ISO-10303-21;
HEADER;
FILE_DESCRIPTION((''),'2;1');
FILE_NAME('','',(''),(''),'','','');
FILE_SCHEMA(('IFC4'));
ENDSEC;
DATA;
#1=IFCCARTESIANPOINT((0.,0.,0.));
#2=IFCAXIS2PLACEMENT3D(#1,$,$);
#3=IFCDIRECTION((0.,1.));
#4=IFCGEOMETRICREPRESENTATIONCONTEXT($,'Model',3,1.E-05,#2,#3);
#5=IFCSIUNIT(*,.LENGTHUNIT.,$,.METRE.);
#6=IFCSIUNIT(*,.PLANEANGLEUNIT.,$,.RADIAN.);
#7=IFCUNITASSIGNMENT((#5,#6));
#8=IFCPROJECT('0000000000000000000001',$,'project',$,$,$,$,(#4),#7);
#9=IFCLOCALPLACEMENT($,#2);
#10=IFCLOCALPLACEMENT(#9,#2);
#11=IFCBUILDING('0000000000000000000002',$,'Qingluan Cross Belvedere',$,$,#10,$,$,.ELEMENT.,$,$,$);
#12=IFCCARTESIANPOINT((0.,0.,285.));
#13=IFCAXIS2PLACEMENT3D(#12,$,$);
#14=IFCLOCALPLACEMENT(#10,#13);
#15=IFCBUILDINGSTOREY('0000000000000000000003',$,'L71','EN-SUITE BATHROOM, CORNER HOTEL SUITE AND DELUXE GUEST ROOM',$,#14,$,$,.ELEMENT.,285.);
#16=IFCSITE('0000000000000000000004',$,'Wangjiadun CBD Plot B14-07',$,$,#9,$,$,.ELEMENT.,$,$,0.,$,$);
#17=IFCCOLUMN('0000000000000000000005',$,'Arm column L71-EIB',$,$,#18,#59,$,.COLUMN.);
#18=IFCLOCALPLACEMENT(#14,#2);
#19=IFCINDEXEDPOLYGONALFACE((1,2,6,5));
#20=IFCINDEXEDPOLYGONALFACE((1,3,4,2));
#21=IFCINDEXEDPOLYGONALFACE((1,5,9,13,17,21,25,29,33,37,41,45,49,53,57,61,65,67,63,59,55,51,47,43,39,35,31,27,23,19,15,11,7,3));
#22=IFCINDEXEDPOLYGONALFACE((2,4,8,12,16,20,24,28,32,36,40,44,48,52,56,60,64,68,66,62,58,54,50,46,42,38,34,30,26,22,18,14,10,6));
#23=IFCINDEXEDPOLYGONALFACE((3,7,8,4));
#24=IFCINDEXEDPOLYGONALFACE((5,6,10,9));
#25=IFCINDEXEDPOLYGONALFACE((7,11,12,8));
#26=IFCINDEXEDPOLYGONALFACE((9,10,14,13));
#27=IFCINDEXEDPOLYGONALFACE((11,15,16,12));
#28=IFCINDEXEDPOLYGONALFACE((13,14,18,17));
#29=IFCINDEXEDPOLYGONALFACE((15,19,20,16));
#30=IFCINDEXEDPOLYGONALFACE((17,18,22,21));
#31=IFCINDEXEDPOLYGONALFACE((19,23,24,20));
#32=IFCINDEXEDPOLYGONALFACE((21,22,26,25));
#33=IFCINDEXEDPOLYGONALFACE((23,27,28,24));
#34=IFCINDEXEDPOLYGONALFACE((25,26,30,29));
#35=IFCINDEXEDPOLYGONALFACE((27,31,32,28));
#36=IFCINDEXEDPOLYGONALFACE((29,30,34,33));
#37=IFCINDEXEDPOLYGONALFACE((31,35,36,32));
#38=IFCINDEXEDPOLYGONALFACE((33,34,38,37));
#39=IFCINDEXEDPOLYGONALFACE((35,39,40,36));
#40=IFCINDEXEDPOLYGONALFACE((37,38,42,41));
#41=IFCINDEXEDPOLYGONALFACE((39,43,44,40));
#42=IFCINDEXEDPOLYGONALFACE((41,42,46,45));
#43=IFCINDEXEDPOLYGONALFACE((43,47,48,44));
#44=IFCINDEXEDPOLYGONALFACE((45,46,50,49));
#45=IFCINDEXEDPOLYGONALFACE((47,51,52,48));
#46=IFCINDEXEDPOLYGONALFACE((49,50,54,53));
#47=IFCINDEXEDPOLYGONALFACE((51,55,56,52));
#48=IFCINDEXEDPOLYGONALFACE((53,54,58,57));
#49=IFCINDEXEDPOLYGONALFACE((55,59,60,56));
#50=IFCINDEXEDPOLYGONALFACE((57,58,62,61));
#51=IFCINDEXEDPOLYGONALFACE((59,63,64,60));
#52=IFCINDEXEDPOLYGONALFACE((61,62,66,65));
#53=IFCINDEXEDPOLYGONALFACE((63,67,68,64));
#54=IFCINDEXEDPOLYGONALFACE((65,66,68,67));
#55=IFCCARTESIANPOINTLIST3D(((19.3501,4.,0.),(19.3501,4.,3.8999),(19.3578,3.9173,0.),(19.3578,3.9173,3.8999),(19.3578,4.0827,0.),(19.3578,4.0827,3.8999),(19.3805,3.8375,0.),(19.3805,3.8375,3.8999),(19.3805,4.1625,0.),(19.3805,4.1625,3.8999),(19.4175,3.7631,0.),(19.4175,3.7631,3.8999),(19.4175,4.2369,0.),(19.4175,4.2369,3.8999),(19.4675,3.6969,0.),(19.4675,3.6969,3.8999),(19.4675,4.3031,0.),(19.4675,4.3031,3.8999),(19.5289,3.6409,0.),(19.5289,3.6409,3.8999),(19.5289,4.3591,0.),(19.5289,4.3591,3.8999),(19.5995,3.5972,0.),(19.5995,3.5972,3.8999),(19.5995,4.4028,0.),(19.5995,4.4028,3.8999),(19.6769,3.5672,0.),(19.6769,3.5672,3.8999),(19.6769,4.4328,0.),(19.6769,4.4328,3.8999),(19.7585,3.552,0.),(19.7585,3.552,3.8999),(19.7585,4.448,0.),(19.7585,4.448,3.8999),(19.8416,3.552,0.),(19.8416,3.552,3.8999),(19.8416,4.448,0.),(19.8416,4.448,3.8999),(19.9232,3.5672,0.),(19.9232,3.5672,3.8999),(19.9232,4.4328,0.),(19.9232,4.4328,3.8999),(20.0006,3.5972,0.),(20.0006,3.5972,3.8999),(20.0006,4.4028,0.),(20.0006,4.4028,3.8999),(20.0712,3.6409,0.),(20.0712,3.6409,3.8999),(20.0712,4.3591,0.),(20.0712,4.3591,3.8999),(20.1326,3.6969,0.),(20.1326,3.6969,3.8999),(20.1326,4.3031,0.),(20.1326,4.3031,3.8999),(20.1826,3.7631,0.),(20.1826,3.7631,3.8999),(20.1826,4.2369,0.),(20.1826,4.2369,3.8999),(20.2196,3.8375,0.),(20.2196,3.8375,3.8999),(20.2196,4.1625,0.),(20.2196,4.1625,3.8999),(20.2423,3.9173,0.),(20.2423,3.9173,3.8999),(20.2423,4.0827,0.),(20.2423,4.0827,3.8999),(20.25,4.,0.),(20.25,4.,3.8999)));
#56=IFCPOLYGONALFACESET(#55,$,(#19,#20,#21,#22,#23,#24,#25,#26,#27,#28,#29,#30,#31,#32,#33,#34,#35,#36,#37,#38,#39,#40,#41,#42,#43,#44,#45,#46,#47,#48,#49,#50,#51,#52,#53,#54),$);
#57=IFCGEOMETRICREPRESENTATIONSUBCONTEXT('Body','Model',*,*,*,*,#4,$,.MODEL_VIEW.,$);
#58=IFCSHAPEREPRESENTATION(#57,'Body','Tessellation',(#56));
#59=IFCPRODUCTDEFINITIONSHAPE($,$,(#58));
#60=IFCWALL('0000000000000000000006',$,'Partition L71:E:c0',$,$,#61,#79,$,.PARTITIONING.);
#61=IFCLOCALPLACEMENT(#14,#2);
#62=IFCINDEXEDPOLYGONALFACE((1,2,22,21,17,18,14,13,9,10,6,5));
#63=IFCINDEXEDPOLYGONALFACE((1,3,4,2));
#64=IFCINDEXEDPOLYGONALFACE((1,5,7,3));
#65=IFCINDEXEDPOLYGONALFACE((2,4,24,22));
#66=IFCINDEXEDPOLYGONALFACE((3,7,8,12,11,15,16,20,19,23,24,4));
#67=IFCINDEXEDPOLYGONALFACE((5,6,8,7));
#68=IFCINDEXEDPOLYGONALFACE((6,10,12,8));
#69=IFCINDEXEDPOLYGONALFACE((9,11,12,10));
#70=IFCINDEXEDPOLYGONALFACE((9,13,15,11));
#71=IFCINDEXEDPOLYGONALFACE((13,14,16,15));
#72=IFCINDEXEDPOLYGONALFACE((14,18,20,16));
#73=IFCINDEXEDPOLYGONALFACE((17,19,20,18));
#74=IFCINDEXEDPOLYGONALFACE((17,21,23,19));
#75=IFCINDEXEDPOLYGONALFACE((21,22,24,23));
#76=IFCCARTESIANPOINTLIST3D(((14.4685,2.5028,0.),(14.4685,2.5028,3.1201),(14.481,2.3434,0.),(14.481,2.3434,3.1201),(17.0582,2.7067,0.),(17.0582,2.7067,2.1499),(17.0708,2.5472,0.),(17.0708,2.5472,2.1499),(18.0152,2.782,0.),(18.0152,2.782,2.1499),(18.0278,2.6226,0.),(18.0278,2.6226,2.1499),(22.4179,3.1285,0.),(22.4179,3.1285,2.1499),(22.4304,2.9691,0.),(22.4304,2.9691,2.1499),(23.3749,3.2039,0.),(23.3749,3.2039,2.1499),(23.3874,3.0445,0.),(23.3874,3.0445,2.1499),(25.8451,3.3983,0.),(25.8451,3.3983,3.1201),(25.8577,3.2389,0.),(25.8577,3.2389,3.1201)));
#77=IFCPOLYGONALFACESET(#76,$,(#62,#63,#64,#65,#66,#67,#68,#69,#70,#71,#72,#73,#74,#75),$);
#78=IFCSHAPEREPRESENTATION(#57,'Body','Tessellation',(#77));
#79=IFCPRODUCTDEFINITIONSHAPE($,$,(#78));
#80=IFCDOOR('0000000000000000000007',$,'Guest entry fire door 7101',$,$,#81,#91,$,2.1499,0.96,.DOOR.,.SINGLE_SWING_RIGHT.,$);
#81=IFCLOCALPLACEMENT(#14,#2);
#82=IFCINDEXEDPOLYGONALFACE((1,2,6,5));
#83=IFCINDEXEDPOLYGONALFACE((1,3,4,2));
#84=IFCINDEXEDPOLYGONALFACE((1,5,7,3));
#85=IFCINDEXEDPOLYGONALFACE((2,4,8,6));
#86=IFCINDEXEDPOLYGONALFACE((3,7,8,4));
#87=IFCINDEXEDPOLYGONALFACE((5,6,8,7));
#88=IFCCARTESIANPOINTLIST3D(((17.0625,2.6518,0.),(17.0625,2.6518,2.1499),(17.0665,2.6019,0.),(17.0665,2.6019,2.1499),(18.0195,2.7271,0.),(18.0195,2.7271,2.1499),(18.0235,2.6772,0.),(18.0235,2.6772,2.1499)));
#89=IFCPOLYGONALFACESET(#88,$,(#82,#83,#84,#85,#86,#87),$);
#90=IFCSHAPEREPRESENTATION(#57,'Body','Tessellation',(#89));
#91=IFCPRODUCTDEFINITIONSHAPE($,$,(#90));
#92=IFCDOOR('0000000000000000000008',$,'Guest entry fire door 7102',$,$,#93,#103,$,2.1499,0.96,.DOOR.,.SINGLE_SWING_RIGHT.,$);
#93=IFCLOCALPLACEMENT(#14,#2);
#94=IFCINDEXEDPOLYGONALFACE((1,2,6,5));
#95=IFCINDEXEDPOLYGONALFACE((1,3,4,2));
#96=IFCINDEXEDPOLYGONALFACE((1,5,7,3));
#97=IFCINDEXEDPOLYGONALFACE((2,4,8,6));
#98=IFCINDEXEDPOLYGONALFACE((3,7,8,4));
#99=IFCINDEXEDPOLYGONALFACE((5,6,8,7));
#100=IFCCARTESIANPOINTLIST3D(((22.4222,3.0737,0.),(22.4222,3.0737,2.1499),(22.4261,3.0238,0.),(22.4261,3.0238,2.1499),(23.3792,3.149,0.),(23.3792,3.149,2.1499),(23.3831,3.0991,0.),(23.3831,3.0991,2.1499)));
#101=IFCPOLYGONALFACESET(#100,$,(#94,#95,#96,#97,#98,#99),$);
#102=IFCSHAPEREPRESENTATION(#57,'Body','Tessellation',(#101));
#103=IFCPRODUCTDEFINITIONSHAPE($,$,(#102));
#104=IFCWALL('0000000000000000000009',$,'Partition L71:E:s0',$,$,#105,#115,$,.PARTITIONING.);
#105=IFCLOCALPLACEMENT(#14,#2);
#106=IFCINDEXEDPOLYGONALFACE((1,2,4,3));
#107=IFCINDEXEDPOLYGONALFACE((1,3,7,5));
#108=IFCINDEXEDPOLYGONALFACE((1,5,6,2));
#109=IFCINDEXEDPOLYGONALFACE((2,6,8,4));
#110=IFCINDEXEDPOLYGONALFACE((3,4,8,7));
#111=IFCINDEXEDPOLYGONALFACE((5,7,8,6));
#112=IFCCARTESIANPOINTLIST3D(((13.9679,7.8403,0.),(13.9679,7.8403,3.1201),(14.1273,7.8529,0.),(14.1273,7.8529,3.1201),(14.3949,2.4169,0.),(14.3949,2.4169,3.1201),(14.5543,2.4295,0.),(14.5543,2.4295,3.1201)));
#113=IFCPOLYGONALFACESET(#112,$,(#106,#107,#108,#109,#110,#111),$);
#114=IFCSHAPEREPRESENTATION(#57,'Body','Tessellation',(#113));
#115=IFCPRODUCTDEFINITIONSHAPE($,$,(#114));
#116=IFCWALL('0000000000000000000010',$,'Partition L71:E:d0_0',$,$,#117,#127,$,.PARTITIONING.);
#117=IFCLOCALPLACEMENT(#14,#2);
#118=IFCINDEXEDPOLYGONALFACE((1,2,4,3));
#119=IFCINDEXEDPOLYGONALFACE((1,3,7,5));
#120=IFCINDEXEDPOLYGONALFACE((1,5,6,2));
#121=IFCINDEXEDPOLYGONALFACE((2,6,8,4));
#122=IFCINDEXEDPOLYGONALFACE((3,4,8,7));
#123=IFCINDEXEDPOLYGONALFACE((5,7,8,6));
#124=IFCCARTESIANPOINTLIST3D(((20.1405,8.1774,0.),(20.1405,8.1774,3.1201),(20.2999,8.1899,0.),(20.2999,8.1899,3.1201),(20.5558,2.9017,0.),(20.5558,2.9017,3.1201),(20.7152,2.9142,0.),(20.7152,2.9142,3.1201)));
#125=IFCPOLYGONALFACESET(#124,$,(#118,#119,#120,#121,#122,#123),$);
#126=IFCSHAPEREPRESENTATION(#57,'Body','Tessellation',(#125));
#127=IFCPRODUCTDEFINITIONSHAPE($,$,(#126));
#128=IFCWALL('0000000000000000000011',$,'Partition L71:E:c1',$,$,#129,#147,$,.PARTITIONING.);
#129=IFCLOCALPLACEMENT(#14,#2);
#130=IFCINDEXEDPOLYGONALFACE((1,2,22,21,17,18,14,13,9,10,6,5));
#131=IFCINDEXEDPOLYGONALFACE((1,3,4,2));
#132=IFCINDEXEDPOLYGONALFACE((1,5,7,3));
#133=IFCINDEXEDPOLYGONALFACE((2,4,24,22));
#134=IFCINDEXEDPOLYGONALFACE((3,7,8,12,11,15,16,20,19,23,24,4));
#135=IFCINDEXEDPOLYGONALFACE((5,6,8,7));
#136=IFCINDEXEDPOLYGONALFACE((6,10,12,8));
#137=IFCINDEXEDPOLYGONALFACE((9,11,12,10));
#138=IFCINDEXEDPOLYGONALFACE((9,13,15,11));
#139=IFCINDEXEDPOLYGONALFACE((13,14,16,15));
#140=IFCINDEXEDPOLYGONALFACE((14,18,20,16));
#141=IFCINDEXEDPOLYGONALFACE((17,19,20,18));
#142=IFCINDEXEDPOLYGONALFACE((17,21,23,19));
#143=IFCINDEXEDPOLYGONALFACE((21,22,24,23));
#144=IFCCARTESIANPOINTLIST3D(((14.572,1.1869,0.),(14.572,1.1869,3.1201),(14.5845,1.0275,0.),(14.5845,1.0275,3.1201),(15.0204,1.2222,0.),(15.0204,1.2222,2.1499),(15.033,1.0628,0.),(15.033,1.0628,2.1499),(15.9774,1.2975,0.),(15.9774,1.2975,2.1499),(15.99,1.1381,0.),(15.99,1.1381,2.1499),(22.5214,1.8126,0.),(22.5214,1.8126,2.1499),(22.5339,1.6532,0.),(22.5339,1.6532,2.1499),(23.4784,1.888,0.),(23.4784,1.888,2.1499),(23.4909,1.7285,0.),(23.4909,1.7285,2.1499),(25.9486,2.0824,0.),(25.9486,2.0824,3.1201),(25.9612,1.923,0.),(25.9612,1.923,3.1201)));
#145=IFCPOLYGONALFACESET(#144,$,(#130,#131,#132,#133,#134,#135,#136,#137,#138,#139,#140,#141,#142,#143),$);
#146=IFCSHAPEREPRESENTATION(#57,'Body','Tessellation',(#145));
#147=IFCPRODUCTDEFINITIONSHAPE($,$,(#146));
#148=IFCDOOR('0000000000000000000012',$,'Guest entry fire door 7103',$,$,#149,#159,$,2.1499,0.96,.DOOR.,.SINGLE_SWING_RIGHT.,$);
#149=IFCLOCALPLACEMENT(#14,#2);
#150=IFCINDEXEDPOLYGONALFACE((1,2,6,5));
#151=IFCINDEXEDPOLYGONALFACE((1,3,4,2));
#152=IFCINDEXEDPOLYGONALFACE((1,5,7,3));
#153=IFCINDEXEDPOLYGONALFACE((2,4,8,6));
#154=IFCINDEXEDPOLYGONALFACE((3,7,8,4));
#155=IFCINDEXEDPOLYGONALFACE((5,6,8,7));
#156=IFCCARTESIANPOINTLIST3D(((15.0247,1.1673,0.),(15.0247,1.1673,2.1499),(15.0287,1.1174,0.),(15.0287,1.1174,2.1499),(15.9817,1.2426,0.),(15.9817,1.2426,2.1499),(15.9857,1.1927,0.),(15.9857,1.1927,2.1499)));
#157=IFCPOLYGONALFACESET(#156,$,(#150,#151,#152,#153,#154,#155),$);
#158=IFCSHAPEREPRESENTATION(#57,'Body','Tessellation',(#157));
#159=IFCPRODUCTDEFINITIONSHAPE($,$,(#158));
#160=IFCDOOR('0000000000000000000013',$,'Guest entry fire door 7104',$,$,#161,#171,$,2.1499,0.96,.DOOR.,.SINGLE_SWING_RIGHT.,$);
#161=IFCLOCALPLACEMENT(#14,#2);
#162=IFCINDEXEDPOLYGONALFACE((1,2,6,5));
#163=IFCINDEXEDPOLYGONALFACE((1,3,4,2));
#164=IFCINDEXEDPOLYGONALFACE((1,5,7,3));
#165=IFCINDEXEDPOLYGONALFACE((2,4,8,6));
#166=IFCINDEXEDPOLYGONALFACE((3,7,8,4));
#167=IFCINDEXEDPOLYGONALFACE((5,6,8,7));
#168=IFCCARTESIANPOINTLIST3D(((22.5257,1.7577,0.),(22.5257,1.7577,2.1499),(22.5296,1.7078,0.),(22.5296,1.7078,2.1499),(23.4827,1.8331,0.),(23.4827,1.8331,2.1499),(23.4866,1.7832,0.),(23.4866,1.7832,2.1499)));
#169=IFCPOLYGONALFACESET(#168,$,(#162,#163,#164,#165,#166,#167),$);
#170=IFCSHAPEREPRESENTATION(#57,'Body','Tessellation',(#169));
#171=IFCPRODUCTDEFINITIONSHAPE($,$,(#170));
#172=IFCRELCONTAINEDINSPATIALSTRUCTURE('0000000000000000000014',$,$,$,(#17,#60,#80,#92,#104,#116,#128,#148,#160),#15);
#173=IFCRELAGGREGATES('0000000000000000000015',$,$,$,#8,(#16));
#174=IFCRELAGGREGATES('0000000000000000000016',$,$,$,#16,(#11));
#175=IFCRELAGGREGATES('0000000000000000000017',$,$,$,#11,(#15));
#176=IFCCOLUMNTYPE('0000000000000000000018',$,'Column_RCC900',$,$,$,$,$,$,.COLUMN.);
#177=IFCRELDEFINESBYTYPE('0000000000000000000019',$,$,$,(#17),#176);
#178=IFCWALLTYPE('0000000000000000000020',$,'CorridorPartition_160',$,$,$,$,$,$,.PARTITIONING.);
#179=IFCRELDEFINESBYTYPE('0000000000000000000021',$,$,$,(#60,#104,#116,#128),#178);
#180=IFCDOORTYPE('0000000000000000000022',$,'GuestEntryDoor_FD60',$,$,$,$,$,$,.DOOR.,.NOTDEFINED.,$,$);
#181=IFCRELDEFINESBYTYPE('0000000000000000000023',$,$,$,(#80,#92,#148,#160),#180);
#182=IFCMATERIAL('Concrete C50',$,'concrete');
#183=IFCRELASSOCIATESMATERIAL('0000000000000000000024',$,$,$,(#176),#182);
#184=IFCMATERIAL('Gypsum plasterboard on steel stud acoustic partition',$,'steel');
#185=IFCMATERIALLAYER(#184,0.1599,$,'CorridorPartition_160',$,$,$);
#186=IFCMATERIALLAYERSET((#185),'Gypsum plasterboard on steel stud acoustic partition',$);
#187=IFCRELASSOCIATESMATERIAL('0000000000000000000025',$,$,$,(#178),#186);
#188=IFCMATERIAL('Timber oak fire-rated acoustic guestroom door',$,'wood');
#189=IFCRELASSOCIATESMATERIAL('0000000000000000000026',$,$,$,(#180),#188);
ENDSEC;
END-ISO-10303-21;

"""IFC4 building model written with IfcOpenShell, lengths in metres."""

from ifc_helpers import new_model, si_unit, direction, frame, frame_2d, origin, origin_2d, place, context, subcontext, project, spatial, rectangle, circle, extrude, material, layer, layer_set, material_profile, profile_set, type_object, element, fill, save


model = new_model("IFC4")

# Units and contexts
model_context = context("Model", 3, precision=1e-05, world=origin(), true_north=direction((0.0, 1.0)))
body_context = subcontext(model_context, "Body", "Model", "MODEL_VIEW")
ifc_project = project(units=[si_unit("LENGTHUNIT", "METRE"), si_unit("PLANEANGLEUNIT", "RADIAN")], contexts=[model_context])

# Site, building, storey
site_placement = place(None, origin())
site = spatial("IfcSite", under=ifc_project, at=site_placement, Name="Wangjiadun CBD Plot B14-07", CompositionType="ELEMENT", RefElevation=0.0)
building_placement = place(site_placement, origin())
building = spatial("IfcBuilding", under=site, at=building_placement, Name="Qingluan Cross Belvedere", CompositionType="ELEMENT")
storey_placement = place(building_placement, frame((0.0, 0.0, 285.0)))
storey = spatial("IfcBuildingStorey", under=building, at=storey_placement, Name="L71", Description="EN-SUITE BATHROOM, CORNER HOTEL SUITE AND DELUXE GUEST ROOM", CompositionType="ELEMENT", Elevation=285.0)

# Column
ifc_material_1 = material(Name="Concrete C50", Category="concrete")
ifc_material_profile = material_profile(ifc_material_1, circle(Radius=0.45, at=origin_2d()), Name="RCC900")
ifc_profile_set = profile_set([ifc_material_profile], Name="Concrete C50")
column_type = type_object("IfcColumnType", Name="Column_RCC900", PredefinedType="COLUMN", material=ifc_profile_set)
column_placement = place(storey_placement, frame((19.8, 4.0, 0.0), z_axis=(0.0, 0.0, 1.0), x_axis=(1.0, 0.0, 0.0)))
element("IfcColumn", 1, at=column_placement, inside=storey, type_object=column_type, Name="Arm column L71-EIB", PredefinedType="COLUMN", context=body_context, shape_type="SweptSolid", body=[
    extrude(circle(Radius=0.45, at=origin_2d()), origin(), (0.0, 0.0, 1.0), 3.8999),
])

# Wall, openings, doors
ifc_material_2 = material(Name="Gypsum plasterboard on steel stud acoustic partition", Category="steel")
ifc_layer_1 = layer(ifc_material_2, 0.1599, Name="CorridorPartition_160")
ifc_layer_set_1 = layer_set([ifc_layer_1], Name="Gypsum plasterboard on steel stud acoustic partition")
wall_type_1 = type_object("IfcWallType", Name="CorridorPartition_160", PredefinedType="PARTITIONING", material=ifc_layer_set_1)
wall_1_placement = place(storey_placement, frame((14.4746, 2.4231, 0.0), z_axis=(0.0, 0.0, 1.0), x_axis=(0.996916, 0.078471, 0.0)))
wall_1 = element("IfcWall", 2, at=wall_1_placement, inside=storey, type_object=wall_type_1, Name="Partition L71:E:c0", PredefinedType="PARTITIONING", context=body_context, shape_type="SweptSolid", body=[
    extrude(rectangle(XDim=11.4119, YDim=0.1599, at=frame_2d((5.7061, 0.0))), origin(), (0.0, 0.0, 1.0), 3.1201),
])
opening_1_placement = place(wall_1_placement, frame((2.5979, 0.0, 0.0)))
opening_1 = element("IfcOpeningElement", 3, at=opening_1_placement, cuts=wall_1, PredefinedType="OPENING", context=body_context, shape_type="SweptSolid", body=[
    extrude(rectangle(XDim=0.96, YDim=2.1499, at=frame_2d((0.48, 1.075))), frame((0.0, 0.0898, 0.0), z_axis=(0.0, -1.0, 0.0), x_axis=(1.0, 0.0, 0.0)), (0.0, 0.0, 1.0), 0.1799),
])
opening_2_placement = place(wall_1_placement, frame((7.9741, 0.0, 0.0)))
opening_2 = element("IfcOpeningElement", 4, at=opening_2_placement, cuts=wall_1, PredefinedType="OPENING", context=body_context, shape_type="SweptSolid", body=[
    extrude(rectangle(XDim=0.96, YDim=2.1499, at=frame_2d((0.48, 1.075))), frame((0.0, 0.0898, 0.0), z_axis=(0.0, -1.0, 0.0), x_axis=(1.0, 0.0, 0.0)), (0.0, 0.0, 1.0), 0.1799),
])
ifc_material_3 = material(Name="Timber oak fire-rated acoustic guestroom door", Category="wood")
door_type_1 = type_object("IfcDoorType", Name="GuestEntryDoor_FD60", OperationType="NOTDEFINED", PredefinedType="DOOR", material=ifc_material_3)
door_1_placement = place(opening_1_placement, origin())
door_1 = element("IfcDoor", 5, at=door_1_placement, inside=storey, type_object=door_type_1, Name="Guest entry fire door 7101", OperationType="SINGLE_SWING_RIGHT", OverallHeight=2.1499, OverallWidth=0.96, PredefinedType="DOOR", context=body_context, shape_type="SweptSolid", body=[
    extrude(rectangle(XDim=0.96, YDim=2.1499, at=frame_2d((0.48, 1.075))), frame((0.0, 0.0249, 0.0), z_axis=(0.0, -1.0, 0.0), x_axis=(1.0, 0.0, 0.0)), (0.0, 0.0, 1.0), 0.05),
])
fill(opening_1, door_1)
door_2_placement = place(opening_2_placement, origin())
door_2 = element("IfcDoor", 6, at=door_2_placement, inside=storey, type_object=door_type_1, Name="Guest entry fire door 7102", OperationType="SINGLE_SWING_RIGHT", OverallHeight=2.1499, OverallWidth=0.96, PredefinedType="DOOR", context=body_context, shape_type="SweptSolid", body=[
    extrude(rectangle(XDim=0.96, YDim=2.1499, at=frame_2d((0.48, 1.075))), frame((0.0, 0.0249, 0.0), z_axis=(0.0, -1.0, 0.0), x_axis=(1.0, 0.0, 0.0)), (0.0, 0.0, 1.0), 0.05),
])
fill(opening_2, door_2)

# Walls
wall_2_placement = place(storey_placement, frame((14.4746, 2.4231, 0.0), z_axis=(0.0, 0.0, 1.0), x_axis=(-0.078491, 0.996915, 0.0)))
element("IfcWall", 7, at=wall_2_placement, inside=storey, type_object=wall_type_1, Name="Partition L71:E:s0", PredefinedType="PARTITIONING", context=body_context, shape_type="SweptSolid", body=[
    extrude(rectangle(XDim=5.4402, YDim=0.1599, at=frame_2d((2.7202, 0.0))), origin(), (0.0, 0.0, 1.0), 3.1201),
])
wall_3_placement = place(storey_placement, frame((20.6355, 2.908, 0.0), z_axis=(0.0, 0.0, 1.0), x_axis=(-0.078474, 0.996916, 0.0)))
element("IfcWall", 8, at=wall_3_placement, inside=storey, type_object=wall_type_1, Name="Partition L71:E:d0_0", PredefinedType="PARTITIONING", context=body_context, shape_type="SweptSolid", body=[
    extrude(rectangle(XDim=5.292, YDim=0.1599, at=frame_2d((2.646, 0.0))), origin(), (0.0, 0.0, 1.0), 3.1201),
])

# Wall, openings, doors
wall_4_placement = place(storey_placement, frame((14.5781, 1.1072, 0.0), z_axis=(0.0, 0.0, 1.0), x_axis=(0.996916, 0.078471, 0.0)))
wall_4 = element("IfcWall", 9, at=wall_4_placement, inside=storey, type_object=wall_type_1, Name="Partition L71:E:c1", PredefinedType="PARTITIONING", context=body_context, shape_type="SweptSolid", body=[
    extrude(rectangle(XDim=11.4119, YDim=0.1599, at=frame_2d((5.7061, 0.0))), origin(), (0.0, 0.0, 1.0), 3.1201),
])
opening_3_placement = place(wall_4_placement, frame((0.45, 0.0, 0.0)))
opening_3 = element("IfcOpeningElement", 10, at=opening_3_placement, cuts=wall_4, PredefinedType="OPENING", context=body_context, shape_type="SweptSolid", body=[
    extrude(rectangle(XDim=0.96, YDim=2.1499, at=frame_2d((0.48, 1.075))), frame((0.0, 0.0898, 0.0), z_axis=(0.0, -1.0, 0.0), x_axis=(1.0, 0.0, 0.0)), (0.0, 0.0, 1.0), 0.1799),
])
opening_4_placement = place(wall_4_placement, frame((7.9741, 0.0, 0.0)))
opening_4 = element("IfcOpeningElement", 11, at=opening_4_placement, cuts=wall_4, PredefinedType="OPENING", context=body_context, shape_type="SweptSolid", body=[
    extrude(rectangle(XDim=0.96, YDim=2.1499, at=frame_2d((0.48, 1.075))), frame((0.0, 0.0898, 0.0), z_axis=(0.0, -1.0, 0.0), x_axis=(1.0, 0.0, 0.0)), (0.0, 0.0, 1.0), 0.1799),
])
door_3_placement = place(opening_3_placement, origin())
door_3 = element("IfcDoor", 12, at=door_3_placement, inside=storey, type_object=door_type_1, Name="Guest entry fire door 7103", OperationType="SINGLE_SWING_RIGHT", OverallHeight=2.1499, OverallWidth=0.96, PredefinedType="DOOR", context=body_context, shape_type="SweptSolid", body=[
    extrude(rectangle(XDim=0.96, YDim=2.1499, at=frame_2d((0.48, 1.075))), frame((0.0, 0.0249, 0.0), z_axis=(0.0, -1.0, 0.0), x_axis=(1.0, 0.0, 0.0)), (0.0, 0.0, 1.0), 0.05),
])
fill(opening_3, door_3)
door_4_placement = place(opening_4_placement, origin())
door_4 = element("IfcDoor", 13, at=door_4_placement, inside=storey, type_object=door_type_1, Name="Guest entry fire door 7104", OperationType="SINGLE_SWING_RIGHT", OverallHeight=2.1499, OverallWidth=0.96, PredefinedType="DOOR", context=body_context, shape_type="SweptSolid", body=[
    extrude(rectangle(XDim=0.96, YDim=2.1499, at=frame_2d((0.48, 1.075))), frame((0.0, 0.0249, 0.0), z_axis=(0.0, -1.0, 0.0), x_axis=(1.0, 0.0, 0.0)), (0.0, 0.0, 1.0), 0.05),
])
fill(opening_4, door_4)

save(model, "model.ifc")
